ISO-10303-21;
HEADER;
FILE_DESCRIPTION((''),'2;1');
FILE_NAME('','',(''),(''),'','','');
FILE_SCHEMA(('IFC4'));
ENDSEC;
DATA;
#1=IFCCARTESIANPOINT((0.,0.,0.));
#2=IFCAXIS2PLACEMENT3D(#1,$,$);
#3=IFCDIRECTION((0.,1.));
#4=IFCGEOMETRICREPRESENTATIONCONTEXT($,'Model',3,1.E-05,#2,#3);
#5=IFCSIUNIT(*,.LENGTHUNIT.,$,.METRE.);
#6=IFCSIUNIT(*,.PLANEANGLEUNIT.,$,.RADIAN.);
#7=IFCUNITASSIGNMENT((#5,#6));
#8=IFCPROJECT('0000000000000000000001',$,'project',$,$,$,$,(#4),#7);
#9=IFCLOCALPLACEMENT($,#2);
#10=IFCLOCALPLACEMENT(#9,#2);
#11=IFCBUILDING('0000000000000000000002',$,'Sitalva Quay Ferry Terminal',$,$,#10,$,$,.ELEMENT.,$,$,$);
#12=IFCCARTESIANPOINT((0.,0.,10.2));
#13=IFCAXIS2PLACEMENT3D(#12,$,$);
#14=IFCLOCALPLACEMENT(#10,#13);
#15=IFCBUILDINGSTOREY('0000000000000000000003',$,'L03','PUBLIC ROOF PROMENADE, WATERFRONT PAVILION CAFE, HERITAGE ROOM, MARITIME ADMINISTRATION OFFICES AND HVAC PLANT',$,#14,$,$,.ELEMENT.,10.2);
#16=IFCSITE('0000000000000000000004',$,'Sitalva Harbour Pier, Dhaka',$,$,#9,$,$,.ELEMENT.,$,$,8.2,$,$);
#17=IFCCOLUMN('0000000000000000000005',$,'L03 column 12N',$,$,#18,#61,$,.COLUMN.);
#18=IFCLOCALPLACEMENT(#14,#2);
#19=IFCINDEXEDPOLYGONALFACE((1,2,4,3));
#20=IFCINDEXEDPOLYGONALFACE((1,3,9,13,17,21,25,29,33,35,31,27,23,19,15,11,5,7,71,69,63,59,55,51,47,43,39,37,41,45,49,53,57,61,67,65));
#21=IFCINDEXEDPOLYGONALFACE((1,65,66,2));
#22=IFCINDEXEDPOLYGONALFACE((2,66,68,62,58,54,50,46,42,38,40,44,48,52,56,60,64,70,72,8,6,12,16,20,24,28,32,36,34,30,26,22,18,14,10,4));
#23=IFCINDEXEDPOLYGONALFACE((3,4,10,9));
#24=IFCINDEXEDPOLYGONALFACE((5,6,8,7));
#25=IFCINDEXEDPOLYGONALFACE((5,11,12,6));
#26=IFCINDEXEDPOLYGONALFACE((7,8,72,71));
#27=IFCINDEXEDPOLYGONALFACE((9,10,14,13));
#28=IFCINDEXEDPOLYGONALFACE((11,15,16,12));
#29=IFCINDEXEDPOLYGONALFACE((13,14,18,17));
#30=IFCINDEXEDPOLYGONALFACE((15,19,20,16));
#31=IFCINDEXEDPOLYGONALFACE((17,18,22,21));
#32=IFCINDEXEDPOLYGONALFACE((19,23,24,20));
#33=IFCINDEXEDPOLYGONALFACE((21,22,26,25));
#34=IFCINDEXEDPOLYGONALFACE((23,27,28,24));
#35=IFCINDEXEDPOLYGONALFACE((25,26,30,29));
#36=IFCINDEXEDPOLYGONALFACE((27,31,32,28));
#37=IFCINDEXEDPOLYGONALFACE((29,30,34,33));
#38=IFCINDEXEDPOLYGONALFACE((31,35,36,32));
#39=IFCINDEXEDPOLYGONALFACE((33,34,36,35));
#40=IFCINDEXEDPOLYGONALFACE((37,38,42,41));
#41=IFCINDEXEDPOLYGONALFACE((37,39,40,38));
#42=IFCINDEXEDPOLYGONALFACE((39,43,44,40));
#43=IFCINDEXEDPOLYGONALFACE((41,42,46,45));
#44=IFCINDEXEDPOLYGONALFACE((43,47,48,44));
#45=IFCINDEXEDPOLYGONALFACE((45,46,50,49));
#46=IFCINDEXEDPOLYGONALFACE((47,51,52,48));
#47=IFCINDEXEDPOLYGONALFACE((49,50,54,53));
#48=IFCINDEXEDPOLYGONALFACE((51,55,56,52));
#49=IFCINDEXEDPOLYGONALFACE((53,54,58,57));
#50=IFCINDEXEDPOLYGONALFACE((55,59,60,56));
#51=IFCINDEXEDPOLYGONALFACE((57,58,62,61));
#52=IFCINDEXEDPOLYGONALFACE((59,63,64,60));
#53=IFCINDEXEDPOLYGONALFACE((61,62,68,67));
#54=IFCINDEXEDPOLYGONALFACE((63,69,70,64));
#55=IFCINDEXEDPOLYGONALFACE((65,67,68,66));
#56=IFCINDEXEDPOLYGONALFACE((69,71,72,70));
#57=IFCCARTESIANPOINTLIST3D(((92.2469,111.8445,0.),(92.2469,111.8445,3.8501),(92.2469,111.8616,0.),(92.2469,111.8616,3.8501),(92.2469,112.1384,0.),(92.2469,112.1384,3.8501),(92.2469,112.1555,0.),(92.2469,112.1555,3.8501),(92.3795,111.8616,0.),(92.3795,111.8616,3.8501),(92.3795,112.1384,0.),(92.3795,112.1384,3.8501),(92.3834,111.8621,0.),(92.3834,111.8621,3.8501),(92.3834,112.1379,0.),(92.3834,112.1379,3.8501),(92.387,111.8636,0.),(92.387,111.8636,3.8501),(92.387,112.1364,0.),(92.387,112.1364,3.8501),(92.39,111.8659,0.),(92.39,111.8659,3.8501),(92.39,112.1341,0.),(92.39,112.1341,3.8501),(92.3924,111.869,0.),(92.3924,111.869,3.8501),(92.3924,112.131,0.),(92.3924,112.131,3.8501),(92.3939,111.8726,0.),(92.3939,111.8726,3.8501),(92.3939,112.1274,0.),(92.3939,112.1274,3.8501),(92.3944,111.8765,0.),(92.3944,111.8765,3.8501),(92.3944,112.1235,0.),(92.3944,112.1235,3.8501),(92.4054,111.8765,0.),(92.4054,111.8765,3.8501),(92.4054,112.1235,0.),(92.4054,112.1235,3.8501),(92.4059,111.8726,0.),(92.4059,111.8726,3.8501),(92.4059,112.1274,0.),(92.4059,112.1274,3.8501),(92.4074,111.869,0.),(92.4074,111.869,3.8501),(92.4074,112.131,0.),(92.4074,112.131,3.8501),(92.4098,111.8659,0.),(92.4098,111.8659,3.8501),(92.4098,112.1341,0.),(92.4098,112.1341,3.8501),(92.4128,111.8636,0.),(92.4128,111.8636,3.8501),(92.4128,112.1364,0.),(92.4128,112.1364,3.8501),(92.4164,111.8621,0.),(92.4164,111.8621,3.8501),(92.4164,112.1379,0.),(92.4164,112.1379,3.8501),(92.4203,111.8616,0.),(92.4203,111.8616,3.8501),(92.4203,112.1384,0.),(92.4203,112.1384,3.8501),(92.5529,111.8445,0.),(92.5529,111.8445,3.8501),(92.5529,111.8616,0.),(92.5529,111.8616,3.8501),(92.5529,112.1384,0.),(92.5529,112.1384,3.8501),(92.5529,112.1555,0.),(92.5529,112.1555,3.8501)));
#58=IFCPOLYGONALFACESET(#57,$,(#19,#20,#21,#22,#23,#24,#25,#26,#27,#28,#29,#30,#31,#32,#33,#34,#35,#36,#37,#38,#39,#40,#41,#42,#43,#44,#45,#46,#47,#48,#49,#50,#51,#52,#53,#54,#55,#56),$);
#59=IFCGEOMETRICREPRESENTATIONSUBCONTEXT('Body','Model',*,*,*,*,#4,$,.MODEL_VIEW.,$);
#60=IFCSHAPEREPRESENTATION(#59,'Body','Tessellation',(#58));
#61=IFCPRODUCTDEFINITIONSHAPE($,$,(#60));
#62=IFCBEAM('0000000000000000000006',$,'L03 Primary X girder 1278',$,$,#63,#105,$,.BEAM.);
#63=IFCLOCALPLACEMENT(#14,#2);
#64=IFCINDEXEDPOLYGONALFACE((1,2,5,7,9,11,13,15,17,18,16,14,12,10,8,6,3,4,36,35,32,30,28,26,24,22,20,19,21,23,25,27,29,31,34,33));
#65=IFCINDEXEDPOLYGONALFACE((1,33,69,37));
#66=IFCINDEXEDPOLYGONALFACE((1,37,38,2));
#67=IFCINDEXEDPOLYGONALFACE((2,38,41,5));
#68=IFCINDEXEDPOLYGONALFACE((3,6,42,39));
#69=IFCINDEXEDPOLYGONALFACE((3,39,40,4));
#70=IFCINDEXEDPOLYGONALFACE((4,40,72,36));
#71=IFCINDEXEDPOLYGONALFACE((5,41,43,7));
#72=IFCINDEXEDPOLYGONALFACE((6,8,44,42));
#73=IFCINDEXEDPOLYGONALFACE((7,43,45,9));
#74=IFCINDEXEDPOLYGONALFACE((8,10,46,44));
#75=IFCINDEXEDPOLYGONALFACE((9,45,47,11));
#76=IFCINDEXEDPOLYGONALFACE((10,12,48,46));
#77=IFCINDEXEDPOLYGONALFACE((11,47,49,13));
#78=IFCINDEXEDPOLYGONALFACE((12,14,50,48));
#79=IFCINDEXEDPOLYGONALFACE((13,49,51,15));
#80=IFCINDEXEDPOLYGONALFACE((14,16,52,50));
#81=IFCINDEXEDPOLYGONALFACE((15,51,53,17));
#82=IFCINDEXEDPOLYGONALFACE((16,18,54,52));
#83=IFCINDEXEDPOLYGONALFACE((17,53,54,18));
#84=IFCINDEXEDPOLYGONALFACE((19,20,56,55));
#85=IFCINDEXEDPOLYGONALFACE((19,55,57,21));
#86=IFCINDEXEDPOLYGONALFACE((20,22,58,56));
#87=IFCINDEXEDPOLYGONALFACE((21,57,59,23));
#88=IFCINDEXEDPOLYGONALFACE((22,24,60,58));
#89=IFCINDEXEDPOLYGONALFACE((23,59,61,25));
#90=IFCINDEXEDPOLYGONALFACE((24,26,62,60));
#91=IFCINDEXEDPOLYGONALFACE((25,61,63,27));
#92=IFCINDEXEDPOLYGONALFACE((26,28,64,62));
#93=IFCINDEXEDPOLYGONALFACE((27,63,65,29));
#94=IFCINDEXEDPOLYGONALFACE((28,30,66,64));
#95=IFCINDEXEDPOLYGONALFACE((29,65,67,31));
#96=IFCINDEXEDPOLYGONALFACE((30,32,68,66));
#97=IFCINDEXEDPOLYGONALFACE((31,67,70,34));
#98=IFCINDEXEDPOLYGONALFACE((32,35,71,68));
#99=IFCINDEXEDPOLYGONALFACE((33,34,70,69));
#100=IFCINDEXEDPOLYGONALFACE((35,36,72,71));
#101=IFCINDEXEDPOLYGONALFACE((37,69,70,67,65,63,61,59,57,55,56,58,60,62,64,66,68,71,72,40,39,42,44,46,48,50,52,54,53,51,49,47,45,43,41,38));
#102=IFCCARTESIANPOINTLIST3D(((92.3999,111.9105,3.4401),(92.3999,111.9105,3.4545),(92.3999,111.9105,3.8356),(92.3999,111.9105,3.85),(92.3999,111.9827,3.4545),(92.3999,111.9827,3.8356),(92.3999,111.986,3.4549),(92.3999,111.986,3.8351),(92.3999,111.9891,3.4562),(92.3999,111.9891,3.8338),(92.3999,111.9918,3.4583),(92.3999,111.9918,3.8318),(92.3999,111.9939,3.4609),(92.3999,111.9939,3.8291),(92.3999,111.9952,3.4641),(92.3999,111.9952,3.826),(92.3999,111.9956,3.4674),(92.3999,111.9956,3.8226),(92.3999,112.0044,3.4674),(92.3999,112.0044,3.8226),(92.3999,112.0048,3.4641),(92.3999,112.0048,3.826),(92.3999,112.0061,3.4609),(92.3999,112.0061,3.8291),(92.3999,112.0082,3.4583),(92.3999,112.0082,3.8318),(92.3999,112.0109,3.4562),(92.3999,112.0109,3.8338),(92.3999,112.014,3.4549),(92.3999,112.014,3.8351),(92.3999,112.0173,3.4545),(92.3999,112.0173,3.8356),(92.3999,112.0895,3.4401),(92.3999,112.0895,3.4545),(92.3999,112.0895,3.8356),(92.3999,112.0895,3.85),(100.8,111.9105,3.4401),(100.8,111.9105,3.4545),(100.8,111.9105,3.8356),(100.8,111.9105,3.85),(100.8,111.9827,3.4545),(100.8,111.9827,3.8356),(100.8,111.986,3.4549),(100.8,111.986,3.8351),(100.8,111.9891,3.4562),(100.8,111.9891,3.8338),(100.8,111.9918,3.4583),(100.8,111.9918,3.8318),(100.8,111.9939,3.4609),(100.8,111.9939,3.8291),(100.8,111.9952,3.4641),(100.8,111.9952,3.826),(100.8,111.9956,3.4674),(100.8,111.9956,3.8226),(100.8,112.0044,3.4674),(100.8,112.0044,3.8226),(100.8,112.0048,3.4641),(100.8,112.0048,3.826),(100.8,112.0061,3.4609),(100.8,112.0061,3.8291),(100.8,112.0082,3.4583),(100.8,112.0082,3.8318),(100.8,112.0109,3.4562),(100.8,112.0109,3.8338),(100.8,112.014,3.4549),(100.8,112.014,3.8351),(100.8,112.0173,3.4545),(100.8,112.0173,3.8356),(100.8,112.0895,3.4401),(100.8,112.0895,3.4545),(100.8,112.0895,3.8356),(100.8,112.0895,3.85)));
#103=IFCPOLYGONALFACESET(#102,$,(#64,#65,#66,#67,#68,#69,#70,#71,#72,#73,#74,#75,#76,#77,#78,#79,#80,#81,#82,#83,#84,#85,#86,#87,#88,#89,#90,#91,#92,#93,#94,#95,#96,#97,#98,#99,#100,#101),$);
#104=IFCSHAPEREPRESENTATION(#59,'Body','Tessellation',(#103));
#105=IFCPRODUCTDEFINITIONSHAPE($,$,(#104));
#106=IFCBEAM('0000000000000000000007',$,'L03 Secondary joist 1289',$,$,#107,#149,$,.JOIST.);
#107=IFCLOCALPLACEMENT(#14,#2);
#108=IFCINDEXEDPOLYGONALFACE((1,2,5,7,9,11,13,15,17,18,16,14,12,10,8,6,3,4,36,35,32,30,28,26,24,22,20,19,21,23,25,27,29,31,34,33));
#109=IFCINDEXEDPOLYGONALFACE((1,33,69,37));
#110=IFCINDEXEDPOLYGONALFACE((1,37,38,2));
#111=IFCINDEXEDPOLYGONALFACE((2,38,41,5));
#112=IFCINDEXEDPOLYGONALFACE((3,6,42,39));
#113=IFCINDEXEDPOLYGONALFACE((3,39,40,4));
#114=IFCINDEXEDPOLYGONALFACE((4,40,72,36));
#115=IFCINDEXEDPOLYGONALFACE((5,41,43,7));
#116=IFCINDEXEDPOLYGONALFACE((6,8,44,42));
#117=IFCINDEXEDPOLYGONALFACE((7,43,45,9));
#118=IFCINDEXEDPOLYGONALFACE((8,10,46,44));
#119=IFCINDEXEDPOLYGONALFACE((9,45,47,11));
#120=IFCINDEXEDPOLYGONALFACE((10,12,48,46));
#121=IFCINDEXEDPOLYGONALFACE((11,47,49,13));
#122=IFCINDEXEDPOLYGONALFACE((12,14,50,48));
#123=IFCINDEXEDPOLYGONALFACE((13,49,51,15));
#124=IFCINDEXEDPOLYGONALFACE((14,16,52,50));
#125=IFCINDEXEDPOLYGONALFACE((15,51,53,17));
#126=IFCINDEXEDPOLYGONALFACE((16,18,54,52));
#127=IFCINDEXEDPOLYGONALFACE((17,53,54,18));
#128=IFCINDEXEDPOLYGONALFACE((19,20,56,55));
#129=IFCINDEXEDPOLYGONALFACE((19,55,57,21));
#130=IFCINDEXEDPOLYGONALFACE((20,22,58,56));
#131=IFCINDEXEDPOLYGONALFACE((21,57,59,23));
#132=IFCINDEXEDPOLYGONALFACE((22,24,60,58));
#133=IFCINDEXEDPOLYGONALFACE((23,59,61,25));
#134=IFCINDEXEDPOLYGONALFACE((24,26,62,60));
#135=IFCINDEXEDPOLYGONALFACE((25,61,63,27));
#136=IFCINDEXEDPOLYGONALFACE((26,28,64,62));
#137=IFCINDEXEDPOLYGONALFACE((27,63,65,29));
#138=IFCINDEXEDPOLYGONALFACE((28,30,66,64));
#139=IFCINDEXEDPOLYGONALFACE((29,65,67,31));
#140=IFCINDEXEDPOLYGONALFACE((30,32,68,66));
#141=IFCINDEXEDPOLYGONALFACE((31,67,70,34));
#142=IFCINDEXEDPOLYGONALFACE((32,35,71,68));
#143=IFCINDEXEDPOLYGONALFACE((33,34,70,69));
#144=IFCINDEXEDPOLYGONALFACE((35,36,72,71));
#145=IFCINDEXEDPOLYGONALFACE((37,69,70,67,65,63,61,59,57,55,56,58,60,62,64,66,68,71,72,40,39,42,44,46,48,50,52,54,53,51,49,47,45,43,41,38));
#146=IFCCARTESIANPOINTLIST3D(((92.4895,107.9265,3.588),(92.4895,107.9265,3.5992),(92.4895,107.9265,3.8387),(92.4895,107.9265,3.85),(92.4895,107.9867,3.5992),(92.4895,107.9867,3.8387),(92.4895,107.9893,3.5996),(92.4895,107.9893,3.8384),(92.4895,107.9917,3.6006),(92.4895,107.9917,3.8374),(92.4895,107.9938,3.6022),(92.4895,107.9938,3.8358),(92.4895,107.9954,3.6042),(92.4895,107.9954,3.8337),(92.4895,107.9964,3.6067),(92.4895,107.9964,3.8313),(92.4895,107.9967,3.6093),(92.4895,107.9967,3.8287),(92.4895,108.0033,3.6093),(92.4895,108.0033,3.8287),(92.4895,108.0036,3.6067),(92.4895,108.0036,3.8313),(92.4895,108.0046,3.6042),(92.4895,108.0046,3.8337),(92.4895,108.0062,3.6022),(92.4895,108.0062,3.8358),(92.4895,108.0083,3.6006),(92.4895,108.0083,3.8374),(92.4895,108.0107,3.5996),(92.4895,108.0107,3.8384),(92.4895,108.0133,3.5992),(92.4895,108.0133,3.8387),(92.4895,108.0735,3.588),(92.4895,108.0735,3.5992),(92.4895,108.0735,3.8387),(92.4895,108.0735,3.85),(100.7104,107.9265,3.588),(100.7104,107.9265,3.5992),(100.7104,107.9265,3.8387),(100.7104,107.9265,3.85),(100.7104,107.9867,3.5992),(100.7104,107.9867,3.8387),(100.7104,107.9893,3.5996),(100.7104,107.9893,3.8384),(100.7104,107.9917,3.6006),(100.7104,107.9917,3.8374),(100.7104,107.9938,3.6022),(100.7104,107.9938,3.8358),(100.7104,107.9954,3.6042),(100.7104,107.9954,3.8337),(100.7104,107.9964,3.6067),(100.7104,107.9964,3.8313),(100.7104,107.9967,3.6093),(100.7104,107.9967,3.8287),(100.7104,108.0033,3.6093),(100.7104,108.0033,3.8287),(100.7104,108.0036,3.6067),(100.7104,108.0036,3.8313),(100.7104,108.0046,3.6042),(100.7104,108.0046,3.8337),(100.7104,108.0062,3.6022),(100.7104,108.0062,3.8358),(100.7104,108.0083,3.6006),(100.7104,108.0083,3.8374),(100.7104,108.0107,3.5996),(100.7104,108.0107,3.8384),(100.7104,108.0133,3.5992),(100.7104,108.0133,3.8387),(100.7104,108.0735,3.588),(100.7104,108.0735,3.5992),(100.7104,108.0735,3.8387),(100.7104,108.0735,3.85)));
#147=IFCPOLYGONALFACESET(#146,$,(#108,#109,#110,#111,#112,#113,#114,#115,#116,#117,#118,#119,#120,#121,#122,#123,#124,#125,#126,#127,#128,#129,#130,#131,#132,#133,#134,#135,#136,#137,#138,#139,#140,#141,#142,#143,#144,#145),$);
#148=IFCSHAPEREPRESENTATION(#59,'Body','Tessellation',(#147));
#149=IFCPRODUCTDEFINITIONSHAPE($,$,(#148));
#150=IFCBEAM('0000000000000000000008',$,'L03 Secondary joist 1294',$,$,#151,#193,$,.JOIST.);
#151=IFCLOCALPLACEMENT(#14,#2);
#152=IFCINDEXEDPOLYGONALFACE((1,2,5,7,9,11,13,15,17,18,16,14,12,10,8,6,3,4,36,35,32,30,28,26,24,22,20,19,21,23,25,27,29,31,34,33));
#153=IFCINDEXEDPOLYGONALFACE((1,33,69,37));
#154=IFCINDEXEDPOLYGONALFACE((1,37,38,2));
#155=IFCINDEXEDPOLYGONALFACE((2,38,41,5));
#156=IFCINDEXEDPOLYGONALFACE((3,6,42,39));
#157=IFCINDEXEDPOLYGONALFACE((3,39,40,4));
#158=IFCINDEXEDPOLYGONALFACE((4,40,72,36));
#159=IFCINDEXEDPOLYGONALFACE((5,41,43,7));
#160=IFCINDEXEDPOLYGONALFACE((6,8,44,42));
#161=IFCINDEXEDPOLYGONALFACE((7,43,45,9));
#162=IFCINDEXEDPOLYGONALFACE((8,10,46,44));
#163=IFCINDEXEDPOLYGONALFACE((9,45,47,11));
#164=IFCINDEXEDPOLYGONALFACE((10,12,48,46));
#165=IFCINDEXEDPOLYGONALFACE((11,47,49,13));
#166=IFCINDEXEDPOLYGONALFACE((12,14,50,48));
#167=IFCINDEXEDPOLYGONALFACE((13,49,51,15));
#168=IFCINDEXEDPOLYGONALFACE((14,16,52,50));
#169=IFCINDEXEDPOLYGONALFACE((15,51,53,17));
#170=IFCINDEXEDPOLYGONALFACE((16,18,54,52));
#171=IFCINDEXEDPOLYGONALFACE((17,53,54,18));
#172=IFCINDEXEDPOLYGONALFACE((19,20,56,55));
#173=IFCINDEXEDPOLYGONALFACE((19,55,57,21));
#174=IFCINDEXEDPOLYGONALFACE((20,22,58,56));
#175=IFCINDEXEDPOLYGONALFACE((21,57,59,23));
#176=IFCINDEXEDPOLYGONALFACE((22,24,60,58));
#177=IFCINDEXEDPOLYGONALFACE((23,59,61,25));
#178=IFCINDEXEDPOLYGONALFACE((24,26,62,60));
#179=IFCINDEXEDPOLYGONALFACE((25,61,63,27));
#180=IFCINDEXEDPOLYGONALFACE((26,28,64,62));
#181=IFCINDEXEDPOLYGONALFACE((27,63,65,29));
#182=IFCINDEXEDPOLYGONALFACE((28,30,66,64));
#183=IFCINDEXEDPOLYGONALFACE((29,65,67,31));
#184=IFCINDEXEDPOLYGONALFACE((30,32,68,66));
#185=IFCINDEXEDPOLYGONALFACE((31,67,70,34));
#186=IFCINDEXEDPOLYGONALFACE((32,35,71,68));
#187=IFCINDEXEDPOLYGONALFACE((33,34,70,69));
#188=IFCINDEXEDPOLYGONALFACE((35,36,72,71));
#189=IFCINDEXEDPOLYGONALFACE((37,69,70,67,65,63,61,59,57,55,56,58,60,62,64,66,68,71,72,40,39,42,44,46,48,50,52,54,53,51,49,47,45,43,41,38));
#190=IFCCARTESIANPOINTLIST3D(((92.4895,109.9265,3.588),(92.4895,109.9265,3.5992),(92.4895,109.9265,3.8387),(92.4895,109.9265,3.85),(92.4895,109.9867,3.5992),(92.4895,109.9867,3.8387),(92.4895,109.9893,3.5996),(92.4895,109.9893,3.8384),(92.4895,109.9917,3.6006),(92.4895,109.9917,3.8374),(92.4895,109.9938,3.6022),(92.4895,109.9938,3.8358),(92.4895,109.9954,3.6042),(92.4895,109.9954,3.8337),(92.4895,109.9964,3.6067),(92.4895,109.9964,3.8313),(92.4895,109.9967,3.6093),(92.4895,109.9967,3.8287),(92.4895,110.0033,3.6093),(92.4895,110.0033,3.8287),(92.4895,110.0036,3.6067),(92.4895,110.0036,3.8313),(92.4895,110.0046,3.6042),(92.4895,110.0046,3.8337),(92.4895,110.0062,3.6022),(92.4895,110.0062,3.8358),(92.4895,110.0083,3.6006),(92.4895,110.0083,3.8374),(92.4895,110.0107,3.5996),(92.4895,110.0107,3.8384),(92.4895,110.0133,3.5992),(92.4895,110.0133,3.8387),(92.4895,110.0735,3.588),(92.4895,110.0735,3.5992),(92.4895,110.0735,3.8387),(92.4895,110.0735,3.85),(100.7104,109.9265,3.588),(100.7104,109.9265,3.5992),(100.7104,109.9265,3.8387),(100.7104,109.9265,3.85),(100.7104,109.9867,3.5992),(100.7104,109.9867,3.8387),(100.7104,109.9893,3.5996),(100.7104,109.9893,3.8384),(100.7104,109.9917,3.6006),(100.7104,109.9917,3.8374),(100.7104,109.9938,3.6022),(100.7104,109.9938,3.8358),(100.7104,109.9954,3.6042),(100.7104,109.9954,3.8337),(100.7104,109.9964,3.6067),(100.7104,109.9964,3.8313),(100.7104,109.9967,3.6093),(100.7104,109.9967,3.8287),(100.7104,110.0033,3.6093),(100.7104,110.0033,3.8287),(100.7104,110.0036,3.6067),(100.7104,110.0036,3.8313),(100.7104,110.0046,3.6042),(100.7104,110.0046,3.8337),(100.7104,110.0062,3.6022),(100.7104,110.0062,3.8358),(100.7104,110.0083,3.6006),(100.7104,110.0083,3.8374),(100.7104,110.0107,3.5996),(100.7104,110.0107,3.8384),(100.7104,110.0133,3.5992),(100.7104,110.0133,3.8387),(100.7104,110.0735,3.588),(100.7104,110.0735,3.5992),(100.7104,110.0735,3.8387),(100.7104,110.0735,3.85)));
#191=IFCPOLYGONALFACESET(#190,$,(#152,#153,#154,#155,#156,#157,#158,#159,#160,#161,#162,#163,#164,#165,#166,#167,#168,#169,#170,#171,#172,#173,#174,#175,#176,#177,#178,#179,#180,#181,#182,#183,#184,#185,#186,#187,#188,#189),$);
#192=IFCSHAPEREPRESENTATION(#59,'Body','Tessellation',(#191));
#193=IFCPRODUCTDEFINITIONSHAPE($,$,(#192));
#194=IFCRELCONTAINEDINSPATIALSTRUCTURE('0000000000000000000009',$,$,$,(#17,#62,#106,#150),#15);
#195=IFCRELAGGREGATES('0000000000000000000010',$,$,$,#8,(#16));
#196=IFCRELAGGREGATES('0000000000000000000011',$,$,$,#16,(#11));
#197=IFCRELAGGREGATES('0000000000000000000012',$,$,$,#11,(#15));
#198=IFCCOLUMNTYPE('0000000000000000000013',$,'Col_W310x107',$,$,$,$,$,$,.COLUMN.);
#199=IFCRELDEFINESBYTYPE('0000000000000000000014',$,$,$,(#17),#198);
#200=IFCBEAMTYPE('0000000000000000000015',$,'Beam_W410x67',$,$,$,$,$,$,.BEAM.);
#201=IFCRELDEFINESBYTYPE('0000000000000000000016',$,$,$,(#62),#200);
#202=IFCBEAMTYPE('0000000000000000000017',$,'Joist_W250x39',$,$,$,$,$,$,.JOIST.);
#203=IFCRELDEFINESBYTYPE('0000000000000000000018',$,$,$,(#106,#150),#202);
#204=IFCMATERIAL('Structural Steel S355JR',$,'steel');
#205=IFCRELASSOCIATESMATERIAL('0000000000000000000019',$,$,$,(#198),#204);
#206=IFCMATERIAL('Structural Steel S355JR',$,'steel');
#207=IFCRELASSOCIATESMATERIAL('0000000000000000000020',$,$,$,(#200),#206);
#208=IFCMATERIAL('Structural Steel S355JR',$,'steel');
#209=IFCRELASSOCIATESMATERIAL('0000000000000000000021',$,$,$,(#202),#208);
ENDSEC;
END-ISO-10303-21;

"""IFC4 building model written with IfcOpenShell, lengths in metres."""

from ifc_helpers import new_model, si_unit, direction, frame, origin, origin_2d, place, context, subcontext, project, spatial, i_section, extrude, material, material_profile, profile_set, type_object, element, save


model = new_model("IFC4")

# Units and contexts
model_context = context("Model", 3, precision=1e-05, world=origin(), true_north=direction((0.0, 1.0)))
body_context = subcontext(model_context, "Body", "Model", "MODEL_VIEW")
ifc_project = project(units=[si_unit("LENGTHUNIT", "METRE"), si_unit("PLANEANGLEUNIT", "RADIAN")], contexts=[model_context])

# Site, building, storey
site_placement = place(None, origin())
site = spatial("IfcSite", under=ifc_project, at=site_placement, Name="Sitalva Harbour Pier, Dhaka", CompositionType="ELEMENT", RefElevation=8.2)
building_placement = place(site_placement, origin())
building = spatial("IfcBuilding", under=site, at=building_placement, Name="Sitalva Quay Ferry Terminal", CompositionType="ELEMENT")
storey_placement = place(building_placement, frame((0.0, 0.0, 10.2)))
storey = spatial("IfcBuildingStorey", under=building, at=storey_placement, Name="L03", Description="PUBLIC ROOF PROMENADE, WATERFRONT PAVILION CAFE, HERITAGE ROOM, MARITIME ADMINISTRATION OFFICES AND HVAC PLANT", CompositionType="ELEMENT", Elevation=10.2)

# Column
ifc_material_1 = material(Name="Structural Steel S355JR", Category="steel")
ifc_material_profile_1 = material_profile(ifc_material_1, i_section(OverallWidth=0.3059, OverallDepth=0.311, WebThickness=0.011, FlangeThickness=0.0171, FilletRadius=0.0149, at=origin_2d()), Name="W310x107")
ifc_profile_set_1 = profile_set([ifc_material_profile_1], Name="Structural Steel S355JR")
column_type = type_object("IfcColumnType", Name="Col_W310x107", PredefinedType="COLUMN", material=ifc_profile_set_1)
column_placement = place(storey_placement, frame((92.3999, 112.0, 0.0), z_axis=(0.0, 0.0, 1.0), x_axis=(1.0, 0.0, 0.0)))
element("IfcColumn", 1, at=column_placement, inside=storey, type_object=column_type, Name="L03 column 12N", PredefinedType="COLUMN", context=body_context, shape_type="SweptSolid", body=[
    extrude(i_section(OverallWidth=0.3059, OverallDepth=0.311, WebThickness=0.011, FlangeThickness=0.0171, FilletRadius=0.0149, at=origin_2d()), origin(), (0.0, 0.0, 1.0), 3.8501),
])

# Beams
ifc_material_2 = material(Name="Structural Steel S355JR", Category="steel")
ifc_material_profile_2 = material_profile(ifc_material_2, i_section(OverallWidth=0.179, OverallDepth=0.4099, WebThickness=0.0088, FlangeThickness=0.0144, FilletRadius=0.0129, at=origin_2d()), Name="W410x67")
ifc_profile_set_2 = profile_set([ifc_material_profile_2], Name="Structural Steel S355JR")
beam_type_1 = type_object("IfcBeamType", Name="Beam_W410x67", PredefinedType="BEAM", material=ifc_profile_set_2)
beam_placement = place(storey_placement, frame((92.3999, 112.0, 3.645), z_axis=(1.0, 0.0, 0.0), x_axis=(0.0, 1.0, 0.0)))
element("IfcBeam", 2, at=beam_placement, inside=storey, type_object=beam_type_1, Name="L03 Primary X girder 1278", PredefinedType="BEAM", context=body_context, shape_type="SweptSolid", body=[
    extrude(i_section(OverallWidth=0.179, OverallDepth=0.4099, WebThickness=0.0088, FlangeThickness=0.0144, FilletRadius=0.0129, at=origin_2d()), origin(), (0.0, 0.0, 1.0), 8.4001),
])
ifc_material_3 = material(Name="Structural Steel S355JR", Category="steel")
ifc_material_profile_3 = material_profile(ifc_material_3, i_section(OverallWidth=0.147, OverallDepth=0.262, WebThickness=0.0066, FlangeThickness=0.0112, FilletRadius=0.01, at=origin_2d()), Name="W250x39")
ifc_profile_set_3 = profile_set([ifc_material_profile_3], Name="Structural Steel S355JR")
beam_type_2 = type_object("IfcBeamType", Name="Joist_W250x39", PredefinedType="JOIST", material=ifc_profile_set_3)
for number, where, z_axis, x_axis, name in (
    (3, (92.4895, 108.0, 3.719), (1.0, 0.0, 0.0), (0.0, 1.0, 0.0), "L03 Secondary joist 1289"),
    (4, (92.4895, 110.0, 3.719), (1.0, 0.0, 0.0), (0.0, 1.0, 0.0), "L03 Secondary joist 1294"),
):
    element("IfcBeam", number, at=place(storey_placement, frame(where, z_axis=z_axis, x_axis=x_axis)), inside=storey, type_object=beam_type_2, Name=name, PredefinedType="JOIST", context=body_context, shape_type="SweptSolid", body=[
        extrude(i_section(OverallWidth=0.147, OverallDepth=0.262, WebThickness=0.0066, FlangeThickness=0.0112, FilletRadius=0.01, at=origin_2d()), origin(), (0.0, 0.0, 1.0), 8.2209),
    ])

save(model, "model.ifc")
